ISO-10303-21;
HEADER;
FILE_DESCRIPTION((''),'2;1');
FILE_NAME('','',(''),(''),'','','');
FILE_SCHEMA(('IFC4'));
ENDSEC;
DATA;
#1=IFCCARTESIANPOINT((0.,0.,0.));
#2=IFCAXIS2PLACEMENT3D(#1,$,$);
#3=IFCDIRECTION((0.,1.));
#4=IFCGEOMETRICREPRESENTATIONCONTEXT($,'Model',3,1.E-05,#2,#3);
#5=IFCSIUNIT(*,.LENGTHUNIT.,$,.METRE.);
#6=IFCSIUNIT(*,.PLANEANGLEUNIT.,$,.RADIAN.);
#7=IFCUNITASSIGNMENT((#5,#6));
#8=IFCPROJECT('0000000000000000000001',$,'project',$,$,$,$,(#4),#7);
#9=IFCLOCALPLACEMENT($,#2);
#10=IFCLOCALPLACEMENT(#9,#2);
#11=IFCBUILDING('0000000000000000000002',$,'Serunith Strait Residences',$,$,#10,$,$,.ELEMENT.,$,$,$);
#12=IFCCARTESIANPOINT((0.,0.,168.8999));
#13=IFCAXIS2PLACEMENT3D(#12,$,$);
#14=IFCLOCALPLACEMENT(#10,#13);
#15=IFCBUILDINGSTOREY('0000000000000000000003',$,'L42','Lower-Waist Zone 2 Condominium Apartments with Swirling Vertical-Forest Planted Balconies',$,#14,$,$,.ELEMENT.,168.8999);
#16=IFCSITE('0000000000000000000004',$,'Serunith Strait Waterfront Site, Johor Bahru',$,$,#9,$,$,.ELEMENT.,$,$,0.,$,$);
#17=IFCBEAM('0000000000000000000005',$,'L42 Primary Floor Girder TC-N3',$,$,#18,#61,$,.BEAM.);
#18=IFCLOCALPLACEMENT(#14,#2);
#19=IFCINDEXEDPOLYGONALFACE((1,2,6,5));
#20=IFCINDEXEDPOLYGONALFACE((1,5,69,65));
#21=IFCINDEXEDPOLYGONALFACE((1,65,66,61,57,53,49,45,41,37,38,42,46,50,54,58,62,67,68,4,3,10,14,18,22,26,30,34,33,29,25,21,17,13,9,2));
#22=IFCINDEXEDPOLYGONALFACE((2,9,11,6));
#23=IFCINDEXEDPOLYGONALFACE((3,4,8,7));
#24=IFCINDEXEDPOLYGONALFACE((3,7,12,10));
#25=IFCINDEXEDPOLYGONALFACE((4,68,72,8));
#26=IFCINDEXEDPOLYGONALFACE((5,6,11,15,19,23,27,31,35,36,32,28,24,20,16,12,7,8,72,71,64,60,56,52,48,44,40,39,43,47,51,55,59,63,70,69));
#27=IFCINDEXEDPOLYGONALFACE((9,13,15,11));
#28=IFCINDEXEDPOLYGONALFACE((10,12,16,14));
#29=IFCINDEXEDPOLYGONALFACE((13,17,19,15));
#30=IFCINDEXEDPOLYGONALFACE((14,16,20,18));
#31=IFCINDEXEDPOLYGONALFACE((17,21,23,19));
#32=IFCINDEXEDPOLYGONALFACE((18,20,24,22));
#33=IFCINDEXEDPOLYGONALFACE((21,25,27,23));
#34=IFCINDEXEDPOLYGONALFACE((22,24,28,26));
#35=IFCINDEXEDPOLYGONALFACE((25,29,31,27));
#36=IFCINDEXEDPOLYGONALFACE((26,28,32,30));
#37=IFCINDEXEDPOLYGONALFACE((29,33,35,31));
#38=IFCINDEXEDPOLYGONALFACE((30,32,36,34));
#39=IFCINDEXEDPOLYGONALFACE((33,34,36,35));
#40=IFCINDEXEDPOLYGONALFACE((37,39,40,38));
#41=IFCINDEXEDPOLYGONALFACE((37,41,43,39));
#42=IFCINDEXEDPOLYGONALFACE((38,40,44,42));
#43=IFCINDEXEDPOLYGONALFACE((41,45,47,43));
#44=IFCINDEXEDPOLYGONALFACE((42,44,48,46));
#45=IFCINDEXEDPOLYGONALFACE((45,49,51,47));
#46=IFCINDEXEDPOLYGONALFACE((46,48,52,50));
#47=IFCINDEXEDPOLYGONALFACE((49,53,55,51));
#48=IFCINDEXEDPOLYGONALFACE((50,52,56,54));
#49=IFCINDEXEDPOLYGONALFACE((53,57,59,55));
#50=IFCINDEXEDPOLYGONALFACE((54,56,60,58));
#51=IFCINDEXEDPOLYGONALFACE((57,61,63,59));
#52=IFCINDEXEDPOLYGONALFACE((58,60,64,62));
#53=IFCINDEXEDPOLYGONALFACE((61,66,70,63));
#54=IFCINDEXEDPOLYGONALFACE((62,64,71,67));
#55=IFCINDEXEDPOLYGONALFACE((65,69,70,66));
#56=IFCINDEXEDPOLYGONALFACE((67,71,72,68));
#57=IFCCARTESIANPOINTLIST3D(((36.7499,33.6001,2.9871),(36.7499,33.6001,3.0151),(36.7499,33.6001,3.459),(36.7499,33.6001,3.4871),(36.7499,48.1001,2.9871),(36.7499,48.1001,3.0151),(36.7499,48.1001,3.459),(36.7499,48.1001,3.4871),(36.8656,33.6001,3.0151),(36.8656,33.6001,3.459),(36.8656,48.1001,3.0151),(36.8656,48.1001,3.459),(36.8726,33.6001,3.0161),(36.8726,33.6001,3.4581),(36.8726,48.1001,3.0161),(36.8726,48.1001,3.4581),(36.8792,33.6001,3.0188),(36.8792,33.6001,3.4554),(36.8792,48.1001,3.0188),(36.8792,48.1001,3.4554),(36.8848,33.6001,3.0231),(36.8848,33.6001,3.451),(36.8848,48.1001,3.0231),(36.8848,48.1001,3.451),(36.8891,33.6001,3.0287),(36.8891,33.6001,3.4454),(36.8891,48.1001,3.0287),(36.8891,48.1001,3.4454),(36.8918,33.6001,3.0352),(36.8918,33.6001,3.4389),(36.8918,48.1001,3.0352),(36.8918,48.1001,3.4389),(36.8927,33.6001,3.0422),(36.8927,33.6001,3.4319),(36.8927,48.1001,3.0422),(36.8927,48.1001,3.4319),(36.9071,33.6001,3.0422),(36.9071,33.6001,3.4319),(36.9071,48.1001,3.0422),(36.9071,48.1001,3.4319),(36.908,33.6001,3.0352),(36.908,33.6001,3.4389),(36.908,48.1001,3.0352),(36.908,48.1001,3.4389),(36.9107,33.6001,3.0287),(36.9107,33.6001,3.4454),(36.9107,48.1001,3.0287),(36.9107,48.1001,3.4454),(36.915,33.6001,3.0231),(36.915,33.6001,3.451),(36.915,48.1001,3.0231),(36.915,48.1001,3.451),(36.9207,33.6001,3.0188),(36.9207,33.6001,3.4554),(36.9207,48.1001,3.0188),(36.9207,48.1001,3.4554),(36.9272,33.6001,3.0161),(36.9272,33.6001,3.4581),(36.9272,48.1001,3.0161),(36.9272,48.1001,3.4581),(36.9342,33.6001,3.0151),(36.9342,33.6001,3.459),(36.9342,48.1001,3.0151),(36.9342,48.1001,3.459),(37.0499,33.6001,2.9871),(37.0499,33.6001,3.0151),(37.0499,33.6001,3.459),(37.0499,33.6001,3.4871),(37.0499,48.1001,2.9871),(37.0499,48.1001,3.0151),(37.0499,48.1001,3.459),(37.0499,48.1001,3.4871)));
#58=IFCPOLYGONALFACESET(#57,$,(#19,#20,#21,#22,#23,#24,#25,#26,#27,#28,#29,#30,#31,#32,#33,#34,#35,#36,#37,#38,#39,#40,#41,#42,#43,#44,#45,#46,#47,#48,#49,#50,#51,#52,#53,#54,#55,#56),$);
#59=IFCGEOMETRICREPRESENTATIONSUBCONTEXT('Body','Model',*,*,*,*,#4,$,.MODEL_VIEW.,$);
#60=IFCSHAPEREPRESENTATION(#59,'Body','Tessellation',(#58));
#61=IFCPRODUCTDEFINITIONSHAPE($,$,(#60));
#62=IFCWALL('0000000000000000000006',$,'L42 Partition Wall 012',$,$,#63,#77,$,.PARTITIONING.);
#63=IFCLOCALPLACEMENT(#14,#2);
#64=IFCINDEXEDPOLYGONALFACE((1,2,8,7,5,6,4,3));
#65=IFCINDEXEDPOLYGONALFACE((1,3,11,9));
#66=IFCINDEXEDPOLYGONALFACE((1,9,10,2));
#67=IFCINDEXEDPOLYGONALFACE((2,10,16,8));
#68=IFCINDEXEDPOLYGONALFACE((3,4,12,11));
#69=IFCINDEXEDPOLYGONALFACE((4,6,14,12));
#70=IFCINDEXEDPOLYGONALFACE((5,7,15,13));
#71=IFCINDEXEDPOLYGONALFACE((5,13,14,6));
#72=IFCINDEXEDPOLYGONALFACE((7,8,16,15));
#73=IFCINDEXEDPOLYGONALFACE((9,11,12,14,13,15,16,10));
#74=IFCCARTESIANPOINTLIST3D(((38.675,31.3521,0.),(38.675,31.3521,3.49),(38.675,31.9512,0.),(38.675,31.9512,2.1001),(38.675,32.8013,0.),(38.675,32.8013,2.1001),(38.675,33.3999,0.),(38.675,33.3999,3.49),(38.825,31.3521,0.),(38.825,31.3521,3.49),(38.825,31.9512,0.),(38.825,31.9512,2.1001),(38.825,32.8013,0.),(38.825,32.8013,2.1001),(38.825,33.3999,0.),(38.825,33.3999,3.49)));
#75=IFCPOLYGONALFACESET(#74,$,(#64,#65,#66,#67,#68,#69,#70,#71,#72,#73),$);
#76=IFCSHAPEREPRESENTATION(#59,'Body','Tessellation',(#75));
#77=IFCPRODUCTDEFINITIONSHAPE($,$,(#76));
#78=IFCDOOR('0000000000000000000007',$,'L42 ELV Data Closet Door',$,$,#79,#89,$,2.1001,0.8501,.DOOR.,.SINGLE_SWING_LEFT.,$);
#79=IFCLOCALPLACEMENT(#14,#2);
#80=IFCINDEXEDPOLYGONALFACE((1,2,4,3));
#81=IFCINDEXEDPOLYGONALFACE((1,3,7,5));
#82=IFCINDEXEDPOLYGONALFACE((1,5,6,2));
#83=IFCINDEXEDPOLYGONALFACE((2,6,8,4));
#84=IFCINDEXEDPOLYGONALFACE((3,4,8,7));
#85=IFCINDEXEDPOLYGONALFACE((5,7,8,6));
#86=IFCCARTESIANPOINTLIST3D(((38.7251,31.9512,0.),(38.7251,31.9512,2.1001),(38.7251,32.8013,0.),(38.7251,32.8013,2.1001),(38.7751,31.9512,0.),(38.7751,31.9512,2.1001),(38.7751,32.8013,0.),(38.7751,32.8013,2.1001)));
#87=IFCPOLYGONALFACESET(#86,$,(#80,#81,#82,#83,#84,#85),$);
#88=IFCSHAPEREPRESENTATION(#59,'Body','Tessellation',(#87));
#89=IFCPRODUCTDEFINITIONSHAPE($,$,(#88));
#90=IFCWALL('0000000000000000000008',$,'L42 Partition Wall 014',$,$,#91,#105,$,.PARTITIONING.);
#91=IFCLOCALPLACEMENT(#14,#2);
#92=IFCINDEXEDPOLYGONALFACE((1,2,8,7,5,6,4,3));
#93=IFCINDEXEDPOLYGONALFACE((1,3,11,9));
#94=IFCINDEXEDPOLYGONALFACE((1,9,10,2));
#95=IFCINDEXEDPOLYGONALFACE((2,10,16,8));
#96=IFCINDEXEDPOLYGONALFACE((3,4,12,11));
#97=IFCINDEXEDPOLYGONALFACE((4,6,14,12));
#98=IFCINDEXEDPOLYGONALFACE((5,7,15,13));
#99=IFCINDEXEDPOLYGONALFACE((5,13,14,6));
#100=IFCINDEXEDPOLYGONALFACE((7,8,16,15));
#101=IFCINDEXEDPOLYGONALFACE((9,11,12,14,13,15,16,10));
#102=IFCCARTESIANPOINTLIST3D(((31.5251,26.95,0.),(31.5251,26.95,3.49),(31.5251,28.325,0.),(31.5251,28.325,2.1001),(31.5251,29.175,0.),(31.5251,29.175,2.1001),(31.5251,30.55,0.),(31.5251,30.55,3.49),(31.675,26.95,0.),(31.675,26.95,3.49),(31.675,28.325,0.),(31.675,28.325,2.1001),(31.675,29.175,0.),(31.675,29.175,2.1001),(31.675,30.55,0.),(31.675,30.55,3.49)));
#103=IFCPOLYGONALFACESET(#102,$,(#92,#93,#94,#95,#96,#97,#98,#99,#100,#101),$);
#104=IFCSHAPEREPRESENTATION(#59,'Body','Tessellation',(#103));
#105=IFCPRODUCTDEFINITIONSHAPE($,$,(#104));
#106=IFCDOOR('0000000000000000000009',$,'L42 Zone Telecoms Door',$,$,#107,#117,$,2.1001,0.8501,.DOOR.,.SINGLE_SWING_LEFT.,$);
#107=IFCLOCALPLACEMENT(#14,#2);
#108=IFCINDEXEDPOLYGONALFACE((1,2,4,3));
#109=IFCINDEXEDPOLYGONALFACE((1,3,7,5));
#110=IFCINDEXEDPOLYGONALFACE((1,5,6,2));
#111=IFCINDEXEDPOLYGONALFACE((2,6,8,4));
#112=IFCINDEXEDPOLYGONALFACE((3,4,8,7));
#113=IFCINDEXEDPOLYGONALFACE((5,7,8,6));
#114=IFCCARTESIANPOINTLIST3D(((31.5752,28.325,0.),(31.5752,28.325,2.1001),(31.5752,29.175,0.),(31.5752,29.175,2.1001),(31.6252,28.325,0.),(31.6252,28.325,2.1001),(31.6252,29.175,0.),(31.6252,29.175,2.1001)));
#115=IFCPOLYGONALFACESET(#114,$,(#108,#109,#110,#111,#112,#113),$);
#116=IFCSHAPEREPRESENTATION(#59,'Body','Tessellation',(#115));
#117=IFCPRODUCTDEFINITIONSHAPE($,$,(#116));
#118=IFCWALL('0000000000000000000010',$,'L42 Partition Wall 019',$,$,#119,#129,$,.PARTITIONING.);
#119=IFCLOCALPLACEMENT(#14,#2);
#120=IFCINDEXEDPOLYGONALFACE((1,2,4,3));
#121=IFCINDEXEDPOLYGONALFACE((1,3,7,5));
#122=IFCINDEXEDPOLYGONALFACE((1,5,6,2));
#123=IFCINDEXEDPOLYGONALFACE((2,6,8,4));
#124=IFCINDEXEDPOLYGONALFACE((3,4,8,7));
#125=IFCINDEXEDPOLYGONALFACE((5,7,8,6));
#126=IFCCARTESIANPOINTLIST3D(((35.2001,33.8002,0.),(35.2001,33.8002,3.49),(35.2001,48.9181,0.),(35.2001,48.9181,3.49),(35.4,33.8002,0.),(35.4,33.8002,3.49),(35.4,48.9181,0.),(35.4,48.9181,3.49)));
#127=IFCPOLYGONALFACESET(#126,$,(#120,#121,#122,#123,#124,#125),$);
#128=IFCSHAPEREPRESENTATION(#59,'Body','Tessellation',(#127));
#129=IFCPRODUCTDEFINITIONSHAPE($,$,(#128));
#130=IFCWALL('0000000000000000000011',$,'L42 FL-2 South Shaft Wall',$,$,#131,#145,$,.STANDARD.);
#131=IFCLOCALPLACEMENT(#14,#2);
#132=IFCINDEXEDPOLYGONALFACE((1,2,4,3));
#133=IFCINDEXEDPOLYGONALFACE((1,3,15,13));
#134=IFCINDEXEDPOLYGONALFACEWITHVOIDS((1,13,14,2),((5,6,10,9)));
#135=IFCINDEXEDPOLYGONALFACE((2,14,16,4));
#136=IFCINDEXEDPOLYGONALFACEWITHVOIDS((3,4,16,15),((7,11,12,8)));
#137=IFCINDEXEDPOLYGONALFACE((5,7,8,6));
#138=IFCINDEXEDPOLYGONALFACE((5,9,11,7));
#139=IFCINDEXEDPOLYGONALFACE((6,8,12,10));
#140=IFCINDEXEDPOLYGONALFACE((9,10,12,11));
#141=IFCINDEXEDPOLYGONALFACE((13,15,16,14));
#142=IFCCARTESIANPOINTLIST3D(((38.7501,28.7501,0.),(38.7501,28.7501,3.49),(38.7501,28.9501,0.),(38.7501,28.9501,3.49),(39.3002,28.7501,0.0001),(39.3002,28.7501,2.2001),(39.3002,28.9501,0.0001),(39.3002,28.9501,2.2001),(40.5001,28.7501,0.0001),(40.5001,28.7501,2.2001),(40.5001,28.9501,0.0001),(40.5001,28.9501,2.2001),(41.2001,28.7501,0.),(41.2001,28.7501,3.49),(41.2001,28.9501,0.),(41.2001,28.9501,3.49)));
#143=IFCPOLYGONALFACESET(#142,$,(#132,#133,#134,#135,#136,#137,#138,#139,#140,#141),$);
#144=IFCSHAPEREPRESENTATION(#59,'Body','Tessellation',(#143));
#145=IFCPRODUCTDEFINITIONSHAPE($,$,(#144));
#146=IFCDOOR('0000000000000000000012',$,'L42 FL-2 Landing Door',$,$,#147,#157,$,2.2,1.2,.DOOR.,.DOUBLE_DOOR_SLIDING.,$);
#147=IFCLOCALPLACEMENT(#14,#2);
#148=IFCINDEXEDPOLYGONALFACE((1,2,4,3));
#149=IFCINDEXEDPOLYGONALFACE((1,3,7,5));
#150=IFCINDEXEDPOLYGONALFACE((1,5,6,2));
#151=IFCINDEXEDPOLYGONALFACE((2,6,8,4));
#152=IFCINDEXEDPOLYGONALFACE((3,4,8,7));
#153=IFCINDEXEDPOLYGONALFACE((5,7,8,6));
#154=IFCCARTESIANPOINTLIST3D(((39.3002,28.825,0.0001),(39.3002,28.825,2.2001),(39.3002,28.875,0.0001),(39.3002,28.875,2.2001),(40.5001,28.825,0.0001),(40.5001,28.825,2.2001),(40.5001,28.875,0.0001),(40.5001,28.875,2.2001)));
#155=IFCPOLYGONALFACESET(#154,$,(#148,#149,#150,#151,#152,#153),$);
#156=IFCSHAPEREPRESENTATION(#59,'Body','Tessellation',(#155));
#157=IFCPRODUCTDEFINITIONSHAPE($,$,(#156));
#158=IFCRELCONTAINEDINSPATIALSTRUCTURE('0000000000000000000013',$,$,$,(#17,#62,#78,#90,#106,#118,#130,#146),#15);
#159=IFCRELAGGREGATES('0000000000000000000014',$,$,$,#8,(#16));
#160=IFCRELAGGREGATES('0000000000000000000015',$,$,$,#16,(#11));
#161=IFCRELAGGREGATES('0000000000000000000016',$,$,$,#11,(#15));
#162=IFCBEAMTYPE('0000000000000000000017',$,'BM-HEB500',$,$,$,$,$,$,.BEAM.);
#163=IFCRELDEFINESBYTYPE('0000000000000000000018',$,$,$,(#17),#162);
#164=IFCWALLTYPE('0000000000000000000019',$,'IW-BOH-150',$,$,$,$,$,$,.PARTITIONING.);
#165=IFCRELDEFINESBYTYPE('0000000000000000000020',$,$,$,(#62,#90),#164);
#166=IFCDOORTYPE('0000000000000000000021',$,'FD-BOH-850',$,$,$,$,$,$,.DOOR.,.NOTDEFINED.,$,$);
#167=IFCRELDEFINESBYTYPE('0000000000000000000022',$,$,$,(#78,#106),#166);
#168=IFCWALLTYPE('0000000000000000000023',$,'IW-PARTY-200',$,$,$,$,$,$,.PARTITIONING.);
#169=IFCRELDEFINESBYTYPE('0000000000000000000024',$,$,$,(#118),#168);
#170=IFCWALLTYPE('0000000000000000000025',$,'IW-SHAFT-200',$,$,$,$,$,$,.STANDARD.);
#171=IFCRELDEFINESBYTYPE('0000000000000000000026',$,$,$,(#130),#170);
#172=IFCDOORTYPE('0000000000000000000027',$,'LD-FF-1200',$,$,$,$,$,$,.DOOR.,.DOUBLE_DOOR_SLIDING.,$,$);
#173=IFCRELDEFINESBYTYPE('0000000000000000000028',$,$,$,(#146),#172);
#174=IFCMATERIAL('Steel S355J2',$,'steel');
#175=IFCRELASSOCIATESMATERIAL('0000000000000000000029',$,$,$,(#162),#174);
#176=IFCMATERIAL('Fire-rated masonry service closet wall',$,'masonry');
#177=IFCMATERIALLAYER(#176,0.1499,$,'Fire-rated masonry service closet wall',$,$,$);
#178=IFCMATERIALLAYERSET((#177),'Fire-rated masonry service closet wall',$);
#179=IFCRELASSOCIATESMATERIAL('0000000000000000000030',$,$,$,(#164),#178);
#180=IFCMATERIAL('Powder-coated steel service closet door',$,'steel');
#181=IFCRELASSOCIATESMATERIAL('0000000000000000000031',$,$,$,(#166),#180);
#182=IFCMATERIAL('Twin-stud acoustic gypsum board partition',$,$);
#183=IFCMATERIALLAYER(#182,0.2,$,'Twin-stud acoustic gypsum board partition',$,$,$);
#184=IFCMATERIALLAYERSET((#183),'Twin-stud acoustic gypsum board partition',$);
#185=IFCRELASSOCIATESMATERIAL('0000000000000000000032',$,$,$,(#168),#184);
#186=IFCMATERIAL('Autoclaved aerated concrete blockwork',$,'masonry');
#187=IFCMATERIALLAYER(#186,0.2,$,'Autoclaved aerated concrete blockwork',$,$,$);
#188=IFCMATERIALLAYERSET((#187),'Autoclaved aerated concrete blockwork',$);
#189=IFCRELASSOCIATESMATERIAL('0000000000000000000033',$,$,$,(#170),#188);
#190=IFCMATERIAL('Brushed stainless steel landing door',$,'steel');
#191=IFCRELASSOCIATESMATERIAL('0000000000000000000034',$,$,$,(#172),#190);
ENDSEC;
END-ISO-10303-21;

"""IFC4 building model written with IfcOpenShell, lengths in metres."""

from ifc_helpers import new_model, si_unit, direction, frame, frame_2d, origin, origin_2d, place, context, subcontext, project, spatial, rectangle, i_section, extrude, source, transform, mapped, material, layer, layer_set, material_profile, profile_set, type_object, element, fill, save


model = new_model("IFC4")

# Units and contexts
model_context = context("Model", 3, precision=1e-05, world=origin(), true_north=direction((0.0, 1.0)))
body_context = subcontext(model_context, "Body", "Model", "MODEL_VIEW")
ifc_project = project(units=[si_unit("LENGTHUNIT", "METRE"), si_unit("PLANEANGLEUNIT", "RADIAN")], contexts=[model_context])

# Site, building, storey
site_placement = place(None, origin())
site = spatial("IfcSite", under=ifc_project, at=site_placement, Name="Serunith Strait Waterfront Site, Johor Bahru", CompositionType="ELEMENT", RefElevation=0.0)
building_placement = place(site_placement, origin())
building = spatial("IfcBuilding", under=site, at=building_placement, Name="Serunith Strait Residences", CompositionType="ELEMENT")
storey_placement = place(building_placement, frame((0.0, 0.0, 168.8999)))
storey = spatial("IfcBuildingStorey", under=building, at=storey_placement, Name="L42", Description="Lower-Waist Zone 2 Condominium Apartments with Swirling Vertical-Forest Planted Balconies", CompositionType="ELEMENT", Elevation=168.8999)

# Beam
ifc_material_1 = material(Name="Steel S355J2", Category="steel")
ifc_material_profile = material_profile(ifc_material_1, i_section(OverallWidth=0.3, OverallDepth=0.5, WebThickness=0.0144, FlangeThickness=0.0281, FilletRadius=0.0271, at=origin_2d()), Name="HEB 500")
ifc_profile_set = profile_set([ifc_material_profile], Name="Steel S355J2")
beam_type = type_object("IfcBeamType", Name="BM-HEB500", PredefinedType="BEAM", material=ifc_profile_set)
shared_shape_1 = source(origin(), body_context, "Body", "SweptSolid", [
    extrude(i_section(OverallWidth=0.3, OverallDepth=0.5, WebThickness=0.0144, FlangeThickness=0.0281, FilletRadius=0.0271, at=origin_2d()), origin(), (0.0, 0.0, 1.0), 14.5),
])
beam_placement = place(storey_placement, frame((36.8999, 33.6001, 3.2371), z_axis=(0.0, 1.0, 0.0), x_axis=(-1.0, 0.0, 0.0)))
element("IfcBeam", 1, at=beam_placement, inside=storey, type_object=beam_type, Name="L42 Primary Floor Girder TC-N3", PredefinedType="BEAM", context=body_context, shape_type="MappedRepresentation", body=[
    mapped(shared_shape_1, transform((0.0, 0.0, 0.0), scale=1.0)),
])

# Walls, openings, doors
ifc_material_2 = material(Name="Fire-rated masonry service closet wall", Category="masonry")
ifc_layer_1 = layer(ifc_material_2, 0.1499, Name="Fire-rated masonry service closet wall")
ifc_layer_set_1 = layer_set([ifc_layer_1], Name="Fire-rated masonry service closet wall")
wall_type_1 = type_object("IfcWallType", Name="IW-BOH-150", PredefinedType="PARTITIONING", material=ifc_layer_set_1)
wall_1_placement = place(storey_placement, frame((38.75, 31.3521, 0.0), z_axis=(0.0, 0.0, 1.0), x_axis=(0.0, 1.0, 0.0)))
wall_1 = element("IfcWall", 2, at=wall_1_placement, inside=storey, type_object=wall_type_1, Name="L42 Partition Wall 012", PredefinedType="PARTITIONING", context=body_context, shape_type="SweptSolid", body=[
    extrude(rectangle(XDim=2.0479, YDim=0.1499, at=frame_2d((1.0239, 0.0))), origin(), (0.0, 0.0, 1.0), 3.49),
])
opening_1_placement = place(wall_1_placement, frame((0.5991, 0.0, 0.0)))
opening_1 = element("IfcOpeningElement", 3, at=opening_1_placement, cuts=wall_1, PredefinedType="OPENING", context=body_context, shape_type="SweptSolid", body=[
    extrude(rectangle(XDim=0.8501, YDim=2.1001, at=frame_2d((0.425, 1.05))), frame((0.0, 0.085, 0.0), z_axis=(0.0, -1.0, 0.0), x_axis=(1.0, 0.0, 0.0)), (0.0, 0.0, 1.0), 0.1699),
])
ifc_material_3 = material(Name="Powder-coated steel service closet door", Category="steel")
door_type_1 = type_object("IfcDoorType", Name="FD-BOH-850", OperationType="NOTDEFINED", PredefinedType="DOOR", material=ifc_material_3)
shared_shape_2 = source(origin(), body_context, "Body", "SweptSolid", [
    extrude(rectangle(XDim=0.8501, YDim=2.1001, at=frame_2d((0.425, 1.05))), frame((0.0, 0.0249, 0.0), z_axis=(0.0, -1.0, 0.0), x_axis=(1.0, 0.0, 0.0)), (0.0, 0.0, 1.0), 0.05),
])
door_1_placement = place(opening_1_placement, origin())
door_1 = element("IfcDoor", 4, at=door_1_placement, inside=storey, type_object=door_type_1, Name="L42 ELV Data Closet Door", OperationType="SINGLE_SWING_LEFT", OverallHeight=2.1001, OverallWidth=0.8501, PredefinedType="DOOR", context=body_context, shape_type="MappedRepresentation", body=[
    mapped(shared_shape_2, transform((0.0, 0.0, 0.0), scale=1.0)),
])
fill(opening_1, door_1)
wall_2_placement = place(storey_placement, frame((31.6001, 26.95, 0.0), z_axis=(0.0, 0.0, 1.0), x_axis=(0.0, 1.0, 0.0)))
wall_2 = element("IfcWall", 5, at=wall_2_placement, inside=storey, type_object=wall_type_1, Name="L42 Partition Wall 014", PredefinedType="PARTITIONING", context=body_context, shape_type="SweptSolid", body=[
    extrude(rectangle(XDim=3.6001, YDim=0.1499, at=frame_2d((1.8, 0.0))), origin(), (0.0, 0.0, 1.0), 3.49),
])
opening_2_placement = place(wall_2_placement, frame((1.375, 0.0, 0.0)))
opening_2 = element("IfcOpeningElement", 6, at=opening_2_placement, cuts=wall_2, PredefinedType="OPENING", context=body_context, shape_type="SweptSolid", body=[
    extrude(rectangle(XDim=0.8501, YDim=2.1001, at=frame_2d((0.425, 1.05))), frame((0.0, 0.085, 0.0), z_axis=(0.0, -1.0, 0.0), x_axis=(1.0, 0.0, 0.0)), (0.0, 0.0, 1.0), 0.1699),
])
door_2_placement = place(opening_2_placement, origin())
door_2 = element("IfcDoor", 7, at=door_2_placement, inside=storey, type_object=door_type_1, Name="L42 Zone Telecoms Door", OperationType="SINGLE_SWING_LEFT", OverallHeight=2.1001, OverallWidth=0.8501, PredefinedType="DOOR", context=body_context, shape_type="MappedRepresentation", body=[
    mapped(shared_shape_2, transform((0.0, 0.0, 0.0), scale=1.0)),
])
fill(opening_2, door_2)

# Wall
ifc_material_4 = material(Name="Twin-stud acoustic gypsum board partition")
ifc_layer_2 = layer(ifc_material_4, 0.2, Name="Twin-stud acoustic gypsum board partition")
ifc_layer_set_2 = layer_set([ifc_layer_2], Name="Twin-stud acoustic gypsum board partition")
wall_type_2 = type_object("IfcWallType", Name="IW-PARTY-200", PredefinedType="PARTITIONING", material=ifc_layer_set_2)
wall_3_placement = place(storey_placement, frame((35.3, 33.8, 0.0), z_axis=(0.0, 0.0, 1.0), x_axis=(0.0, 1.0, 0.0)))
element("IfcWall", 8, at=wall_3_placement, inside=storey, type_object=wall_type_2, Name="L42 Partition Wall 019", PredefinedType="PARTITIONING", context=body_context, shape_type="SweptSolid", body=[
    extrude(rectangle(XDim=15.1179, YDim=0.2, at=frame_2d((7.5591, 0.0))), origin(), (0.0, 0.0, 1.0), 3.49),
])

# Wall, opening, door
ifc_material_5 = material(Name="Autoclaved aerated concrete blockwork", Category="masonry")
ifc_layer_3 = layer(ifc_material_5, 0.2, Name="Autoclaved aerated concrete blockwork")
ifc_layer_set_3 = layer_set([ifc_layer_3], Name="Autoclaved aerated concrete blockwork")
wall_type_3 = type_object("IfcWallType", Name="IW-SHAFT-200", PredefinedType="STANDARD", material=ifc_layer_set_3)
wall_4_placement = place(storey_placement, frame((38.75, 28.8501, 0.0), z_axis=(0.0, 0.0, 1.0), x_axis=(1.0, 0.0, 0.0)))
wall_4 = element("IfcWall", 9, at=wall_4_placement, inside=storey, type_object=wall_type_3, Name="L42 FL-2 South Shaft Wall", PredefinedType="STANDARD", context=body_context, shape_type="SweptSolid", body=[
    extrude(rectangle(XDim=2.45, YDim=0.2, at=frame_2d((1.2251, 0.0))), origin(), (0.0, 0.0, 1.0), 3.49),
])
opening_3_placement = place(wall_4_placement, frame((0.55, 0.0, 0.0)))
opening_3 = element("IfcOpeningElement", 10, at=opening_3_placement, cuts=wall_4, PredefinedType="OPENING", context=body_context, shape_type="SweptSolid", body=[
    extrude(rectangle(XDim=1.2, YDim=2.2, at=frame_2d((0.6001, 1.1001))), frame((0.0, 0.1099, 0.0), z_axis=(0.0, -1.0, 0.0), x_axis=(1.0, 0.0, 0.0)), (0.0, 0.0, 1.0), 0.22),
])
ifc_material_6 = material(Name="Brushed stainless steel landing door", Category="steel")
door_type_2 = type_object("IfcDoorType", Name="LD-FF-1200", OperationType="DOUBLE_DOOR_SLIDING", PredefinedType="DOOR", material=ifc_material_6)
shared_shape_3 = source(origin(), body_context, "Body", "SweptSolid", [
    extrude(rectangle(XDim=1.2, YDim=2.2, at=frame_2d((0.6001, 1.1001))), frame((0.0, 0.0249, 0.0), z_axis=(0.0, -1.0, 0.0), x_axis=(1.0, 0.0, 0.0)), (0.0, 0.0, 1.0), 0.05),
])
door_3_placement = place(opening_3_placement, origin())
door_3 = element("IfcDoor", 11, at=door_3_placement, inside=storey, type_object=door_type_2, Name="L42 FL-2 Landing Door", OperationType="DOUBLE_DOOR_SLIDING", OverallHeight=2.2, OverallWidth=1.2, PredefinedType="DOOR", context=body_context, shape_type="MappedRepresentation", body=[
    mapped(shared_shape_3, transform((0.0, 0.0, 0.0), scale=1.0)),
])
fill(opening_3, door_3)

save(model, "model.ifc")
